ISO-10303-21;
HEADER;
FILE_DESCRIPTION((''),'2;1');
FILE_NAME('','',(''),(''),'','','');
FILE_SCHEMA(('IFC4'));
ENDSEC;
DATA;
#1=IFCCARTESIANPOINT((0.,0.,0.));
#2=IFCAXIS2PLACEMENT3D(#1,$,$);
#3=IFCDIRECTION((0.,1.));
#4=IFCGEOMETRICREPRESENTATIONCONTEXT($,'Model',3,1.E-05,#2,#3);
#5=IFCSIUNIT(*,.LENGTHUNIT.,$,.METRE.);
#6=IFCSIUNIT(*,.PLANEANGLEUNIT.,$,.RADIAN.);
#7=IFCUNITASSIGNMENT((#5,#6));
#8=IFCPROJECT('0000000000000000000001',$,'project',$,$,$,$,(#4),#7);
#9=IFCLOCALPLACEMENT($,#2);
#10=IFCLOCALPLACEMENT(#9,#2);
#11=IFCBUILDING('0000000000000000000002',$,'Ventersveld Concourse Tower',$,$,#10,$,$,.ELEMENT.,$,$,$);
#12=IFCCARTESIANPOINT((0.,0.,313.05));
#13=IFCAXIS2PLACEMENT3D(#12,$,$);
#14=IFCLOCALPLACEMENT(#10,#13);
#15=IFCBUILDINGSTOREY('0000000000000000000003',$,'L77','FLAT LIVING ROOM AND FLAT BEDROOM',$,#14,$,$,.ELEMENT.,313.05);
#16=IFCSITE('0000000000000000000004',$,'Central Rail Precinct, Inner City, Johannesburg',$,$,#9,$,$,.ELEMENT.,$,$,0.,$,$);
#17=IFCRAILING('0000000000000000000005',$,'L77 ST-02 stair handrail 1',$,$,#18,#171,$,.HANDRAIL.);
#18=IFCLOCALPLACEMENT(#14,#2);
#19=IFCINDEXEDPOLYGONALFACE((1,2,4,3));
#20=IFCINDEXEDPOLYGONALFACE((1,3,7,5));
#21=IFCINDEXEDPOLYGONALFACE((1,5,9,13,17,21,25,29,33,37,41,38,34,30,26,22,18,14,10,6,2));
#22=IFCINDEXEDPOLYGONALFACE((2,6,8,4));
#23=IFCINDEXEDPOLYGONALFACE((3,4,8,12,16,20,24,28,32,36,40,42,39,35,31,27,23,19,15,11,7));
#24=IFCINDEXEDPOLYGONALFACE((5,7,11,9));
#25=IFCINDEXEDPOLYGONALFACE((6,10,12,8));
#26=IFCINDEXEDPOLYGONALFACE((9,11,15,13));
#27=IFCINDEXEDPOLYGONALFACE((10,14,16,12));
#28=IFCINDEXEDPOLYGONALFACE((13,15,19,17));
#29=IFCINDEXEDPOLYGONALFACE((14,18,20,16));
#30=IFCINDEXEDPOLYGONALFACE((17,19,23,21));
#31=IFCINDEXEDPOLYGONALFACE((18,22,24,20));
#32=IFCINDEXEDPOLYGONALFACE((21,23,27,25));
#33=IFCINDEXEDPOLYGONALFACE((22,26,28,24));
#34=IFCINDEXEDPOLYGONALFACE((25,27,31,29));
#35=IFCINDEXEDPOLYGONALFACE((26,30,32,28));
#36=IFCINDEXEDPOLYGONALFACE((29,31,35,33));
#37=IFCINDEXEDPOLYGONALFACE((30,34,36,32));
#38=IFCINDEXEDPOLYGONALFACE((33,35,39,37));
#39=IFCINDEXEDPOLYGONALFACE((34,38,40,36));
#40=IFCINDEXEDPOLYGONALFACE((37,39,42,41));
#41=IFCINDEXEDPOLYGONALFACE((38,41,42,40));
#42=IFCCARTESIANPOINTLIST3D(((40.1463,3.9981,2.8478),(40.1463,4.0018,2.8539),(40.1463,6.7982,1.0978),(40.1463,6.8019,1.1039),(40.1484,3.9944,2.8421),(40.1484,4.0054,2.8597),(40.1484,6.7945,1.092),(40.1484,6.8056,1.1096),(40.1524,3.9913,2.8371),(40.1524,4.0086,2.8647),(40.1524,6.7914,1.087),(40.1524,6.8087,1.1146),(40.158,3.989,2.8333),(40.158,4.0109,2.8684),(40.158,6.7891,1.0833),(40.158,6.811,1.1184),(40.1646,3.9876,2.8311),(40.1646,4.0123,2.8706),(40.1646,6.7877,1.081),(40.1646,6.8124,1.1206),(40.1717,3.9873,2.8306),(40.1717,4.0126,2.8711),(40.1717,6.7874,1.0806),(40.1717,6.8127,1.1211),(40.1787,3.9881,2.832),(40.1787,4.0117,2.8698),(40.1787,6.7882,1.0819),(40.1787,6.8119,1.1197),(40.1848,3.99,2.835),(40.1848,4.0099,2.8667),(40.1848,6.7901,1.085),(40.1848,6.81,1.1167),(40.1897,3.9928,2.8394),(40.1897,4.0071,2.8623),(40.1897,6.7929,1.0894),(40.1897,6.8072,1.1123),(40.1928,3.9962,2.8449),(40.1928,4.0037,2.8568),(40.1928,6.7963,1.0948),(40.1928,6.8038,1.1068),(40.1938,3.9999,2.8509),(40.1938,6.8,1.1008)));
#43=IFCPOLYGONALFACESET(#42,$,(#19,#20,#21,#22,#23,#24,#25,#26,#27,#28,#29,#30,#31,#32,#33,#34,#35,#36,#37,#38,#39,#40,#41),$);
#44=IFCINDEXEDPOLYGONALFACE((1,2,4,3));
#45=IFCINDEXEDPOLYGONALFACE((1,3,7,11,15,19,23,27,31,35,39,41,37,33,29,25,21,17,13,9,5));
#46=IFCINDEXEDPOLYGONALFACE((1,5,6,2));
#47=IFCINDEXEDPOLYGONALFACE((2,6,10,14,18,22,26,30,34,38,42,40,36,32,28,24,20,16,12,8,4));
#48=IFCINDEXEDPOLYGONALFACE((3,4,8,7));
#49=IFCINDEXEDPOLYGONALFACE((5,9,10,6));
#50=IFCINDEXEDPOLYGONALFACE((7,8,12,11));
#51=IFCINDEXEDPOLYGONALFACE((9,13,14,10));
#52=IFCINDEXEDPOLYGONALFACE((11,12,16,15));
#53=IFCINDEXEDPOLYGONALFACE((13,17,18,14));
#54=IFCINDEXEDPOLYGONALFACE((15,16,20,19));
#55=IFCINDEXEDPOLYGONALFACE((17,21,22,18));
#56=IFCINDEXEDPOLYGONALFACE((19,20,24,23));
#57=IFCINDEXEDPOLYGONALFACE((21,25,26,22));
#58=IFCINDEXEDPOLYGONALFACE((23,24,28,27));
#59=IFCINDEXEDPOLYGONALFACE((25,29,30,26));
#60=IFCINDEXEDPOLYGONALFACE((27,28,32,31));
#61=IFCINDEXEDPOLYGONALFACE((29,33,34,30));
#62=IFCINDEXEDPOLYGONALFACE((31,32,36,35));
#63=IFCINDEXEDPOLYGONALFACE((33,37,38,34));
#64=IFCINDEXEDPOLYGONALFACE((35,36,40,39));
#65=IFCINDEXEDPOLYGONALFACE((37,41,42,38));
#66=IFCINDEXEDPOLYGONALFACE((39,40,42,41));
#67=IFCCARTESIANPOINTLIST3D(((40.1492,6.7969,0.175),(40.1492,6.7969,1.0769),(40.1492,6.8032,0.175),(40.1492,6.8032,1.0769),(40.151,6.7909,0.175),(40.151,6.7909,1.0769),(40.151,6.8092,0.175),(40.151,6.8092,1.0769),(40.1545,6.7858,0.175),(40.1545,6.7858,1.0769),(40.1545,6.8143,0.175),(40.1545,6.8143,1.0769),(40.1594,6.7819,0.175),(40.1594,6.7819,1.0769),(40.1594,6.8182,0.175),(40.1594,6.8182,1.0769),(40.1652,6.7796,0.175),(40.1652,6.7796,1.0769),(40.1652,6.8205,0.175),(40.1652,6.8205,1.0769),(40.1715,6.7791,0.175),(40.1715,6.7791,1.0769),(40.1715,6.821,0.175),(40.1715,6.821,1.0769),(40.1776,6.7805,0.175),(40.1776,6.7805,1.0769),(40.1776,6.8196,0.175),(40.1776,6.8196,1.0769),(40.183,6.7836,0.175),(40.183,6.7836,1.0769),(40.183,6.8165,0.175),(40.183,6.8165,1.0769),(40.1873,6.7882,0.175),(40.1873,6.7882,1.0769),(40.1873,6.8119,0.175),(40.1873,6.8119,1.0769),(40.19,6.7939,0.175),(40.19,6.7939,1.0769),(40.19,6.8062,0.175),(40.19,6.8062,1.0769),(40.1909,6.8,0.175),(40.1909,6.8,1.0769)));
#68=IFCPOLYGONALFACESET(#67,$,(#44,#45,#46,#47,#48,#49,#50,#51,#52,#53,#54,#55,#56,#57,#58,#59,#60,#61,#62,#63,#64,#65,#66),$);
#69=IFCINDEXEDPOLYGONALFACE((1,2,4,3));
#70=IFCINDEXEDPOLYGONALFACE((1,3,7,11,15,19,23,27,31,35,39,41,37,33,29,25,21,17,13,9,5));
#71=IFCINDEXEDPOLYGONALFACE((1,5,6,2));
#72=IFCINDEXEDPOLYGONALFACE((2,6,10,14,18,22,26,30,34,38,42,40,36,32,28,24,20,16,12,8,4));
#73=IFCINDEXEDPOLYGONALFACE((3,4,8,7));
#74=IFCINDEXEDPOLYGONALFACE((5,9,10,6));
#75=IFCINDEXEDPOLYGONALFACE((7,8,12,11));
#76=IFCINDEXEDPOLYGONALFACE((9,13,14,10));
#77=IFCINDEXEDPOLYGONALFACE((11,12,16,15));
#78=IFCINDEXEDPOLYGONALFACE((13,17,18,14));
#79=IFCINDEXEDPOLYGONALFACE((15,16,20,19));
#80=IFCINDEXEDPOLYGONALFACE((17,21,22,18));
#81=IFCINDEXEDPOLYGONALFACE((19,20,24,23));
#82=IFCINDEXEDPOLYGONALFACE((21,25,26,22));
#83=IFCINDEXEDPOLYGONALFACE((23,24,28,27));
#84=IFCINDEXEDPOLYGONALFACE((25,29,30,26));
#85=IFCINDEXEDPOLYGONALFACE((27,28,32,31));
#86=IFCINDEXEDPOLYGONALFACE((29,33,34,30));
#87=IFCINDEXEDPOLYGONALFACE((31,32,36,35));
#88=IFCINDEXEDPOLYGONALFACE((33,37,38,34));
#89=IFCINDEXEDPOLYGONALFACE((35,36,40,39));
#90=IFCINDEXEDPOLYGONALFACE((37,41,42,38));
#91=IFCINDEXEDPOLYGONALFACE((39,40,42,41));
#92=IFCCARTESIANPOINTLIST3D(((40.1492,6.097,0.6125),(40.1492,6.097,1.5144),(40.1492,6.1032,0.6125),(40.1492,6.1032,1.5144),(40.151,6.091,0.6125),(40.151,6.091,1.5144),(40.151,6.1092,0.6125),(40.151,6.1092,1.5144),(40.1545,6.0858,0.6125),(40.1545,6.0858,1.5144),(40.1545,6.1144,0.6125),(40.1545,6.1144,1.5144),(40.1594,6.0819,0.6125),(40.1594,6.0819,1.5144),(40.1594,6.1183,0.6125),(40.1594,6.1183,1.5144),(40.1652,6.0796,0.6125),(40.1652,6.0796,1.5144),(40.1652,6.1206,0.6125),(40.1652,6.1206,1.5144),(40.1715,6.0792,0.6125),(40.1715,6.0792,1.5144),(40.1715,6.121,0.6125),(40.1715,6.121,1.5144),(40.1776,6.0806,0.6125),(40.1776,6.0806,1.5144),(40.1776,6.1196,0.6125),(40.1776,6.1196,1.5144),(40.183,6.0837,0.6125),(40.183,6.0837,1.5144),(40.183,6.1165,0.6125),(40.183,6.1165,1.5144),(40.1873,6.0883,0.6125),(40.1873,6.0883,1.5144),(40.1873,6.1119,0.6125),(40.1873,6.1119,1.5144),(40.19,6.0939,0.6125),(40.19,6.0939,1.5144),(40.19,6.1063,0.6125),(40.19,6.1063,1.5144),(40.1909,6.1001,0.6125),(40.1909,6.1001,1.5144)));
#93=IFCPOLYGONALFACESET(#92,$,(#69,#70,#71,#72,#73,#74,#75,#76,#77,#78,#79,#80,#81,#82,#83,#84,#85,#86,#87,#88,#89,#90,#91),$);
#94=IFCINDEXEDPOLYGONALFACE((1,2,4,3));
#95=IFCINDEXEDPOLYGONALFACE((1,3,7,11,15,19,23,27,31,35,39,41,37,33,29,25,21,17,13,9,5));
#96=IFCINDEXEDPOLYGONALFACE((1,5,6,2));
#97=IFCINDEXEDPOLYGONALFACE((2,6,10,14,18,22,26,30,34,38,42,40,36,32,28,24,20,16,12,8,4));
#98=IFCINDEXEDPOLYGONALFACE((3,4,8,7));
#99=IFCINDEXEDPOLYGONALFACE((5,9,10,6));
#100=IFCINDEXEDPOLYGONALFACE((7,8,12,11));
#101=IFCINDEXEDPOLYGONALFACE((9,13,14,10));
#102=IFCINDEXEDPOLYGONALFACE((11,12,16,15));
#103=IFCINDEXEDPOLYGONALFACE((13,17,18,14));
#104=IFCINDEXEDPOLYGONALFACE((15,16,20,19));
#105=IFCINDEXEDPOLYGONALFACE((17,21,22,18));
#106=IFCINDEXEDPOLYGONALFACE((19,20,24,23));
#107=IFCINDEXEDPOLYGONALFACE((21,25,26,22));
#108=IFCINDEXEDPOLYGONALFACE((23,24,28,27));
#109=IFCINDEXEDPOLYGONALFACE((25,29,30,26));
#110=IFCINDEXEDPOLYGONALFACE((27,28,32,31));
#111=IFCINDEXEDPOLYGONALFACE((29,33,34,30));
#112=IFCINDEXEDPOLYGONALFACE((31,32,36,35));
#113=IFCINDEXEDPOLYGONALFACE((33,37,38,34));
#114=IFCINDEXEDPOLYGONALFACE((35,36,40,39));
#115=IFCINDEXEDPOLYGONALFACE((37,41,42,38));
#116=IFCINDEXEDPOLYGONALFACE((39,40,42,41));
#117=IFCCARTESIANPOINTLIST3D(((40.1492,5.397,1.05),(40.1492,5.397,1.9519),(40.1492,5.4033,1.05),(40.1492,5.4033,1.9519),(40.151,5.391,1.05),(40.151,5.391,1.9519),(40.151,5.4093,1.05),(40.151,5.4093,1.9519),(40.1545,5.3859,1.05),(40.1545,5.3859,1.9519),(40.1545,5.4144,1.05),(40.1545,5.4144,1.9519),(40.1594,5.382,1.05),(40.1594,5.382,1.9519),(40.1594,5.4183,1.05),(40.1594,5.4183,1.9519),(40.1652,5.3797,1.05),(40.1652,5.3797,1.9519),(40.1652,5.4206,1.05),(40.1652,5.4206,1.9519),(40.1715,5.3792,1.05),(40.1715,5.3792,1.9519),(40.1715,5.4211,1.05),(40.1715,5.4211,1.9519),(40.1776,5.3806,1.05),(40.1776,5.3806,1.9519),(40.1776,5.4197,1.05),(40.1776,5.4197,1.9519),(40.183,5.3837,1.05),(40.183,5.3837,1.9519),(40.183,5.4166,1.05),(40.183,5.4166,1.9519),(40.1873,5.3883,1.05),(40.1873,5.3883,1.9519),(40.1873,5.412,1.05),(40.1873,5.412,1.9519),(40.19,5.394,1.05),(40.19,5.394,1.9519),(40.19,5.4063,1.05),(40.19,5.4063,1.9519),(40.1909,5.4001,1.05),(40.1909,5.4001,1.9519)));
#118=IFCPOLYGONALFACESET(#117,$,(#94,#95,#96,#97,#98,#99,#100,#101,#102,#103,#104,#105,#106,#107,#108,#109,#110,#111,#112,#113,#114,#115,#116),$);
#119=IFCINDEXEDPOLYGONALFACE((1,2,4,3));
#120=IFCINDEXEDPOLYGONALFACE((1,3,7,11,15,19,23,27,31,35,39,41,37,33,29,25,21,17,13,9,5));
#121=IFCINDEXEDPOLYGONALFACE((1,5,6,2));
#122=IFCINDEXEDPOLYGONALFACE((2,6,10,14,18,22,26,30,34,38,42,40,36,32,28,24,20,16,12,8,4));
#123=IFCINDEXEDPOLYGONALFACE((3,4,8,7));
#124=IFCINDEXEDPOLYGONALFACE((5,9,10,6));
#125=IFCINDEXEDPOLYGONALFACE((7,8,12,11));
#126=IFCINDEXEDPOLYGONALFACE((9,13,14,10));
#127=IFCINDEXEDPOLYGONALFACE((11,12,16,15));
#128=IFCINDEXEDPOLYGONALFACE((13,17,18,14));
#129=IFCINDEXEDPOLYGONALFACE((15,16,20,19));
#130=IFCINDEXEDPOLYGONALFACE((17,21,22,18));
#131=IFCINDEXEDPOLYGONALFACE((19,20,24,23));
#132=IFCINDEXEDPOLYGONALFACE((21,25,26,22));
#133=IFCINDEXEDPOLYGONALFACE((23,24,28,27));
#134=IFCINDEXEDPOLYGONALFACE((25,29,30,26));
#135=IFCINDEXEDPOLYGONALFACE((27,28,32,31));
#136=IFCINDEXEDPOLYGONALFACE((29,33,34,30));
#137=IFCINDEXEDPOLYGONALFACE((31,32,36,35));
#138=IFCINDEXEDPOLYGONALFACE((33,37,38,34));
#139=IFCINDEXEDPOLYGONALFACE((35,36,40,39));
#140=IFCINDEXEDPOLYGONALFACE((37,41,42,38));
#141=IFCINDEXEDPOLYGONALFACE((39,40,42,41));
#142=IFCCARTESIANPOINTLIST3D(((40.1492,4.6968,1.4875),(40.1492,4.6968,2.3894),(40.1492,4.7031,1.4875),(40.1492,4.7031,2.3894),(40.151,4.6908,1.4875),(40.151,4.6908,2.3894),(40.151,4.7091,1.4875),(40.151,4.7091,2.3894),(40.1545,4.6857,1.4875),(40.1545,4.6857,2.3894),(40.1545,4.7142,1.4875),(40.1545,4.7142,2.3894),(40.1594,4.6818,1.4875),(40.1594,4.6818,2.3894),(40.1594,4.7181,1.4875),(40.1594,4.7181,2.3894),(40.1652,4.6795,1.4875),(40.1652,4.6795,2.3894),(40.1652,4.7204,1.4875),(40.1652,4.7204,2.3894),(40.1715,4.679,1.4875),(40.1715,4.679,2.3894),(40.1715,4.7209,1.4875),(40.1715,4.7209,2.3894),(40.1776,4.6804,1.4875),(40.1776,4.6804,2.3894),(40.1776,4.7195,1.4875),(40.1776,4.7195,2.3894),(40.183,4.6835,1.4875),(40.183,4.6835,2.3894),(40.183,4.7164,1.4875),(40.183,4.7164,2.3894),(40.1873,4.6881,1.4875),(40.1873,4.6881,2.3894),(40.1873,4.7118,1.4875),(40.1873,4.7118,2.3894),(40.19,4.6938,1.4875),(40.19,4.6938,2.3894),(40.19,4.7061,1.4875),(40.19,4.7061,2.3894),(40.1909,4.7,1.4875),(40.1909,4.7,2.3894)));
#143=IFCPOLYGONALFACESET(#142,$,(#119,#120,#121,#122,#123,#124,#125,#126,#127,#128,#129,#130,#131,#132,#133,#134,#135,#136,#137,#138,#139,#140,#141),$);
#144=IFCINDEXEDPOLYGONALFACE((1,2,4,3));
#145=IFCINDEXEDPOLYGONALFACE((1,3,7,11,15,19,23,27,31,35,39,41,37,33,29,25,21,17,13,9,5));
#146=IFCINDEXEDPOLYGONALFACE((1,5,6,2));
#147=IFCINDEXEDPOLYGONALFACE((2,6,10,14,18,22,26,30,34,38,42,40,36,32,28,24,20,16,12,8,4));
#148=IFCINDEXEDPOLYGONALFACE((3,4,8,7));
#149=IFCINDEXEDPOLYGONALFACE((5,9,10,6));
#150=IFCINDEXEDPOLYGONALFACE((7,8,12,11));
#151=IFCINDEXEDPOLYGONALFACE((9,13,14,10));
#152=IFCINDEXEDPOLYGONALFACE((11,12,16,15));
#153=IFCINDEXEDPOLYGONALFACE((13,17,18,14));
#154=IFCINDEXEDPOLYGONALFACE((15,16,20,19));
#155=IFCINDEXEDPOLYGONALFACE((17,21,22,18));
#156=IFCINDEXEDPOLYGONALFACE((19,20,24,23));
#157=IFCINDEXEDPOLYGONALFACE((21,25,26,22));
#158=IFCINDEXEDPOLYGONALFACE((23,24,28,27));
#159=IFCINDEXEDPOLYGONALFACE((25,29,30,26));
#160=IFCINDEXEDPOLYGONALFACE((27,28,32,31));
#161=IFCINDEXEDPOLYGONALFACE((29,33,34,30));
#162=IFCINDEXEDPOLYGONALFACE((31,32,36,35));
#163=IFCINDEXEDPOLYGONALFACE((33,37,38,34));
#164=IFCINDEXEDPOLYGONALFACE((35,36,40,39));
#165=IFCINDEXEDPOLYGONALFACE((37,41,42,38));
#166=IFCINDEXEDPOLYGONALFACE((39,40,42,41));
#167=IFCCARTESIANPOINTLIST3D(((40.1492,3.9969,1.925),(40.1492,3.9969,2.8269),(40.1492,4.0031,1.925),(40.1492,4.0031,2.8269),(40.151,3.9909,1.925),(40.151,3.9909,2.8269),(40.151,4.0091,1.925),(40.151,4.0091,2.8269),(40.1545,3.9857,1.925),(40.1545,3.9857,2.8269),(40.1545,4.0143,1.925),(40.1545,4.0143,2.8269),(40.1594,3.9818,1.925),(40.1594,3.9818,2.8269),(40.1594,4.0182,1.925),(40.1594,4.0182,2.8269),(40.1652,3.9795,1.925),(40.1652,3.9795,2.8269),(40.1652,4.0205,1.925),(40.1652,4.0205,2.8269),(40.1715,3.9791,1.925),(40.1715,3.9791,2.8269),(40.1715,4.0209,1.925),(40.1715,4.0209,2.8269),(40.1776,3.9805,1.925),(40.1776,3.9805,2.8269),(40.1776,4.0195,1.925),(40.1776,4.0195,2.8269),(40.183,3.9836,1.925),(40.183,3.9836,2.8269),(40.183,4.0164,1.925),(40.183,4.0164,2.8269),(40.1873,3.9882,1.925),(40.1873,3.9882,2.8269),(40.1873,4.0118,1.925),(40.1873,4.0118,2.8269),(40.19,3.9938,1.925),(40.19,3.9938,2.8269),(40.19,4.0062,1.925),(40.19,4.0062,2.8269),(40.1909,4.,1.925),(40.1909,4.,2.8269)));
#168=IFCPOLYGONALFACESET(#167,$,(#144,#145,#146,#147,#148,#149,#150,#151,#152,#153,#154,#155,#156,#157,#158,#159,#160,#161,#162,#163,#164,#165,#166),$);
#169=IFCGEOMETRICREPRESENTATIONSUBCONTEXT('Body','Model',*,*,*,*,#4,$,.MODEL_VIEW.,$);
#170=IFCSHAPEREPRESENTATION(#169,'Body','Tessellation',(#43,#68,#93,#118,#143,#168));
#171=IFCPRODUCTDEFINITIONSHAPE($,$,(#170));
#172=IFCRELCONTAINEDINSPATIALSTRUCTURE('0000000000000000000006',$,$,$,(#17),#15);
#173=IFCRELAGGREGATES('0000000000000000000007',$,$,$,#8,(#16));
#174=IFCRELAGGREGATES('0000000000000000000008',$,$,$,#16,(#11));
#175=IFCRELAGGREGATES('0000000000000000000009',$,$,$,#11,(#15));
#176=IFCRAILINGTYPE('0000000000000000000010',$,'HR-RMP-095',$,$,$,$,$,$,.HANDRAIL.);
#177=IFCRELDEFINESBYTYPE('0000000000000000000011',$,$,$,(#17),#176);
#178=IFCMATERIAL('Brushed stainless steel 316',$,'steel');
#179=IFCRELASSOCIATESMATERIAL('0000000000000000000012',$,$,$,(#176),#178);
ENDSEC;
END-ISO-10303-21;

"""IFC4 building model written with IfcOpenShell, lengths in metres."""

from ifc_helpers import new_model, si_unit, direction, frame, origin, origin_2d, place, context, subcontext, project, spatial, circle, extrude, material, type_object, element, save


model = new_model("IFC4")

# Units and contexts
model_context = context("Model", 3, precision=1e-05, world=origin(), true_north=direction((0.0, 1.0)))
body_context = subcontext(model_context, "Body", "Model", "MODEL_VIEW")
ifc_project = project(units=[si_unit("LENGTHUNIT", "METRE"), si_unit("PLANEANGLEUNIT", "RADIAN")], contexts=[model_context])

# Site, building, storey
site_placement = place(None, origin())
site = spatial("IfcSite", under=ifc_project, at=site_placement, Name="Central Rail Precinct, Inner City, Johannesburg", CompositionType="ELEMENT", RefElevation=0.0)
building_placement = place(site_placement, origin())
building = spatial("IfcBuilding", under=site, at=building_placement, Name="Ventersveld Concourse Tower", CompositionType="ELEMENT")
storey_placement = place(building_placement, frame((0.0, 0.0, 313.05)))
storey = spatial("IfcBuildingStorey", under=building, at=storey_placement, Name="L77", Description="FLAT LIVING ROOM AND FLAT BEDROOM", CompositionType="ELEMENT", Elevation=313.05)

# Shared definitions
ifc_material_1 = material(Name="Brushed stainless steel 316", Category="steel")

# Railing
railing_type_1 = type_object("IfcRailingType", Name="HR-RMP-095", PredefinedType="HANDRAIL", material=ifc_material_1)
railing_1_placement = place(storey_placement, frame((40.1699, 6.8, 0.175)))
element("IfcRailing", 1, at=railing_1_placement, inside=storey, type_object=railing_type_1, Name="L77 ST-02 stair handrail 1", PredefinedType="HANDRAIL", context=body_context, shape_type="SweptSolid", body=[
    extrude(circle(Radius=0.0239, at=origin_2d()), frame((0.0, 0.0, 0.9258), z_axis=(0.0, -0.848002, 0.529992), x_axis=(1.0, 0.0, 0.0)), (0.0, 0.0, 1.0), 3.302),
    extrude(circle(Radius=0.021, at=origin_2d()), origin(), (0.0, 0.0, 1.0), 0.9019),
    extrude(circle(Radius=0.021, at=origin_2d()), frame((0.0, -0.7, 0.4375)), (0.0, 0.0, 1.0), 0.9019),
    extrude(circle(Radius=0.021, at=origin_2d()), frame((0.0, -1.3999, 0.875)), (0.0, 0.0, 1.0), 0.9019),
    extrude(circle(Radius=0.021, at=origin_2d()), frame((0.0, -2.1001, 1.3125)), (0.0, 0.0, 1.0), 0.9019),
    extrude(circle(Radius=0.021, at=origin_2d()), frame((0.0, -2.8, 1.75)), (0.0, 0.0, 1.0), 0.9019),
])

save(model, "model.ifc")
